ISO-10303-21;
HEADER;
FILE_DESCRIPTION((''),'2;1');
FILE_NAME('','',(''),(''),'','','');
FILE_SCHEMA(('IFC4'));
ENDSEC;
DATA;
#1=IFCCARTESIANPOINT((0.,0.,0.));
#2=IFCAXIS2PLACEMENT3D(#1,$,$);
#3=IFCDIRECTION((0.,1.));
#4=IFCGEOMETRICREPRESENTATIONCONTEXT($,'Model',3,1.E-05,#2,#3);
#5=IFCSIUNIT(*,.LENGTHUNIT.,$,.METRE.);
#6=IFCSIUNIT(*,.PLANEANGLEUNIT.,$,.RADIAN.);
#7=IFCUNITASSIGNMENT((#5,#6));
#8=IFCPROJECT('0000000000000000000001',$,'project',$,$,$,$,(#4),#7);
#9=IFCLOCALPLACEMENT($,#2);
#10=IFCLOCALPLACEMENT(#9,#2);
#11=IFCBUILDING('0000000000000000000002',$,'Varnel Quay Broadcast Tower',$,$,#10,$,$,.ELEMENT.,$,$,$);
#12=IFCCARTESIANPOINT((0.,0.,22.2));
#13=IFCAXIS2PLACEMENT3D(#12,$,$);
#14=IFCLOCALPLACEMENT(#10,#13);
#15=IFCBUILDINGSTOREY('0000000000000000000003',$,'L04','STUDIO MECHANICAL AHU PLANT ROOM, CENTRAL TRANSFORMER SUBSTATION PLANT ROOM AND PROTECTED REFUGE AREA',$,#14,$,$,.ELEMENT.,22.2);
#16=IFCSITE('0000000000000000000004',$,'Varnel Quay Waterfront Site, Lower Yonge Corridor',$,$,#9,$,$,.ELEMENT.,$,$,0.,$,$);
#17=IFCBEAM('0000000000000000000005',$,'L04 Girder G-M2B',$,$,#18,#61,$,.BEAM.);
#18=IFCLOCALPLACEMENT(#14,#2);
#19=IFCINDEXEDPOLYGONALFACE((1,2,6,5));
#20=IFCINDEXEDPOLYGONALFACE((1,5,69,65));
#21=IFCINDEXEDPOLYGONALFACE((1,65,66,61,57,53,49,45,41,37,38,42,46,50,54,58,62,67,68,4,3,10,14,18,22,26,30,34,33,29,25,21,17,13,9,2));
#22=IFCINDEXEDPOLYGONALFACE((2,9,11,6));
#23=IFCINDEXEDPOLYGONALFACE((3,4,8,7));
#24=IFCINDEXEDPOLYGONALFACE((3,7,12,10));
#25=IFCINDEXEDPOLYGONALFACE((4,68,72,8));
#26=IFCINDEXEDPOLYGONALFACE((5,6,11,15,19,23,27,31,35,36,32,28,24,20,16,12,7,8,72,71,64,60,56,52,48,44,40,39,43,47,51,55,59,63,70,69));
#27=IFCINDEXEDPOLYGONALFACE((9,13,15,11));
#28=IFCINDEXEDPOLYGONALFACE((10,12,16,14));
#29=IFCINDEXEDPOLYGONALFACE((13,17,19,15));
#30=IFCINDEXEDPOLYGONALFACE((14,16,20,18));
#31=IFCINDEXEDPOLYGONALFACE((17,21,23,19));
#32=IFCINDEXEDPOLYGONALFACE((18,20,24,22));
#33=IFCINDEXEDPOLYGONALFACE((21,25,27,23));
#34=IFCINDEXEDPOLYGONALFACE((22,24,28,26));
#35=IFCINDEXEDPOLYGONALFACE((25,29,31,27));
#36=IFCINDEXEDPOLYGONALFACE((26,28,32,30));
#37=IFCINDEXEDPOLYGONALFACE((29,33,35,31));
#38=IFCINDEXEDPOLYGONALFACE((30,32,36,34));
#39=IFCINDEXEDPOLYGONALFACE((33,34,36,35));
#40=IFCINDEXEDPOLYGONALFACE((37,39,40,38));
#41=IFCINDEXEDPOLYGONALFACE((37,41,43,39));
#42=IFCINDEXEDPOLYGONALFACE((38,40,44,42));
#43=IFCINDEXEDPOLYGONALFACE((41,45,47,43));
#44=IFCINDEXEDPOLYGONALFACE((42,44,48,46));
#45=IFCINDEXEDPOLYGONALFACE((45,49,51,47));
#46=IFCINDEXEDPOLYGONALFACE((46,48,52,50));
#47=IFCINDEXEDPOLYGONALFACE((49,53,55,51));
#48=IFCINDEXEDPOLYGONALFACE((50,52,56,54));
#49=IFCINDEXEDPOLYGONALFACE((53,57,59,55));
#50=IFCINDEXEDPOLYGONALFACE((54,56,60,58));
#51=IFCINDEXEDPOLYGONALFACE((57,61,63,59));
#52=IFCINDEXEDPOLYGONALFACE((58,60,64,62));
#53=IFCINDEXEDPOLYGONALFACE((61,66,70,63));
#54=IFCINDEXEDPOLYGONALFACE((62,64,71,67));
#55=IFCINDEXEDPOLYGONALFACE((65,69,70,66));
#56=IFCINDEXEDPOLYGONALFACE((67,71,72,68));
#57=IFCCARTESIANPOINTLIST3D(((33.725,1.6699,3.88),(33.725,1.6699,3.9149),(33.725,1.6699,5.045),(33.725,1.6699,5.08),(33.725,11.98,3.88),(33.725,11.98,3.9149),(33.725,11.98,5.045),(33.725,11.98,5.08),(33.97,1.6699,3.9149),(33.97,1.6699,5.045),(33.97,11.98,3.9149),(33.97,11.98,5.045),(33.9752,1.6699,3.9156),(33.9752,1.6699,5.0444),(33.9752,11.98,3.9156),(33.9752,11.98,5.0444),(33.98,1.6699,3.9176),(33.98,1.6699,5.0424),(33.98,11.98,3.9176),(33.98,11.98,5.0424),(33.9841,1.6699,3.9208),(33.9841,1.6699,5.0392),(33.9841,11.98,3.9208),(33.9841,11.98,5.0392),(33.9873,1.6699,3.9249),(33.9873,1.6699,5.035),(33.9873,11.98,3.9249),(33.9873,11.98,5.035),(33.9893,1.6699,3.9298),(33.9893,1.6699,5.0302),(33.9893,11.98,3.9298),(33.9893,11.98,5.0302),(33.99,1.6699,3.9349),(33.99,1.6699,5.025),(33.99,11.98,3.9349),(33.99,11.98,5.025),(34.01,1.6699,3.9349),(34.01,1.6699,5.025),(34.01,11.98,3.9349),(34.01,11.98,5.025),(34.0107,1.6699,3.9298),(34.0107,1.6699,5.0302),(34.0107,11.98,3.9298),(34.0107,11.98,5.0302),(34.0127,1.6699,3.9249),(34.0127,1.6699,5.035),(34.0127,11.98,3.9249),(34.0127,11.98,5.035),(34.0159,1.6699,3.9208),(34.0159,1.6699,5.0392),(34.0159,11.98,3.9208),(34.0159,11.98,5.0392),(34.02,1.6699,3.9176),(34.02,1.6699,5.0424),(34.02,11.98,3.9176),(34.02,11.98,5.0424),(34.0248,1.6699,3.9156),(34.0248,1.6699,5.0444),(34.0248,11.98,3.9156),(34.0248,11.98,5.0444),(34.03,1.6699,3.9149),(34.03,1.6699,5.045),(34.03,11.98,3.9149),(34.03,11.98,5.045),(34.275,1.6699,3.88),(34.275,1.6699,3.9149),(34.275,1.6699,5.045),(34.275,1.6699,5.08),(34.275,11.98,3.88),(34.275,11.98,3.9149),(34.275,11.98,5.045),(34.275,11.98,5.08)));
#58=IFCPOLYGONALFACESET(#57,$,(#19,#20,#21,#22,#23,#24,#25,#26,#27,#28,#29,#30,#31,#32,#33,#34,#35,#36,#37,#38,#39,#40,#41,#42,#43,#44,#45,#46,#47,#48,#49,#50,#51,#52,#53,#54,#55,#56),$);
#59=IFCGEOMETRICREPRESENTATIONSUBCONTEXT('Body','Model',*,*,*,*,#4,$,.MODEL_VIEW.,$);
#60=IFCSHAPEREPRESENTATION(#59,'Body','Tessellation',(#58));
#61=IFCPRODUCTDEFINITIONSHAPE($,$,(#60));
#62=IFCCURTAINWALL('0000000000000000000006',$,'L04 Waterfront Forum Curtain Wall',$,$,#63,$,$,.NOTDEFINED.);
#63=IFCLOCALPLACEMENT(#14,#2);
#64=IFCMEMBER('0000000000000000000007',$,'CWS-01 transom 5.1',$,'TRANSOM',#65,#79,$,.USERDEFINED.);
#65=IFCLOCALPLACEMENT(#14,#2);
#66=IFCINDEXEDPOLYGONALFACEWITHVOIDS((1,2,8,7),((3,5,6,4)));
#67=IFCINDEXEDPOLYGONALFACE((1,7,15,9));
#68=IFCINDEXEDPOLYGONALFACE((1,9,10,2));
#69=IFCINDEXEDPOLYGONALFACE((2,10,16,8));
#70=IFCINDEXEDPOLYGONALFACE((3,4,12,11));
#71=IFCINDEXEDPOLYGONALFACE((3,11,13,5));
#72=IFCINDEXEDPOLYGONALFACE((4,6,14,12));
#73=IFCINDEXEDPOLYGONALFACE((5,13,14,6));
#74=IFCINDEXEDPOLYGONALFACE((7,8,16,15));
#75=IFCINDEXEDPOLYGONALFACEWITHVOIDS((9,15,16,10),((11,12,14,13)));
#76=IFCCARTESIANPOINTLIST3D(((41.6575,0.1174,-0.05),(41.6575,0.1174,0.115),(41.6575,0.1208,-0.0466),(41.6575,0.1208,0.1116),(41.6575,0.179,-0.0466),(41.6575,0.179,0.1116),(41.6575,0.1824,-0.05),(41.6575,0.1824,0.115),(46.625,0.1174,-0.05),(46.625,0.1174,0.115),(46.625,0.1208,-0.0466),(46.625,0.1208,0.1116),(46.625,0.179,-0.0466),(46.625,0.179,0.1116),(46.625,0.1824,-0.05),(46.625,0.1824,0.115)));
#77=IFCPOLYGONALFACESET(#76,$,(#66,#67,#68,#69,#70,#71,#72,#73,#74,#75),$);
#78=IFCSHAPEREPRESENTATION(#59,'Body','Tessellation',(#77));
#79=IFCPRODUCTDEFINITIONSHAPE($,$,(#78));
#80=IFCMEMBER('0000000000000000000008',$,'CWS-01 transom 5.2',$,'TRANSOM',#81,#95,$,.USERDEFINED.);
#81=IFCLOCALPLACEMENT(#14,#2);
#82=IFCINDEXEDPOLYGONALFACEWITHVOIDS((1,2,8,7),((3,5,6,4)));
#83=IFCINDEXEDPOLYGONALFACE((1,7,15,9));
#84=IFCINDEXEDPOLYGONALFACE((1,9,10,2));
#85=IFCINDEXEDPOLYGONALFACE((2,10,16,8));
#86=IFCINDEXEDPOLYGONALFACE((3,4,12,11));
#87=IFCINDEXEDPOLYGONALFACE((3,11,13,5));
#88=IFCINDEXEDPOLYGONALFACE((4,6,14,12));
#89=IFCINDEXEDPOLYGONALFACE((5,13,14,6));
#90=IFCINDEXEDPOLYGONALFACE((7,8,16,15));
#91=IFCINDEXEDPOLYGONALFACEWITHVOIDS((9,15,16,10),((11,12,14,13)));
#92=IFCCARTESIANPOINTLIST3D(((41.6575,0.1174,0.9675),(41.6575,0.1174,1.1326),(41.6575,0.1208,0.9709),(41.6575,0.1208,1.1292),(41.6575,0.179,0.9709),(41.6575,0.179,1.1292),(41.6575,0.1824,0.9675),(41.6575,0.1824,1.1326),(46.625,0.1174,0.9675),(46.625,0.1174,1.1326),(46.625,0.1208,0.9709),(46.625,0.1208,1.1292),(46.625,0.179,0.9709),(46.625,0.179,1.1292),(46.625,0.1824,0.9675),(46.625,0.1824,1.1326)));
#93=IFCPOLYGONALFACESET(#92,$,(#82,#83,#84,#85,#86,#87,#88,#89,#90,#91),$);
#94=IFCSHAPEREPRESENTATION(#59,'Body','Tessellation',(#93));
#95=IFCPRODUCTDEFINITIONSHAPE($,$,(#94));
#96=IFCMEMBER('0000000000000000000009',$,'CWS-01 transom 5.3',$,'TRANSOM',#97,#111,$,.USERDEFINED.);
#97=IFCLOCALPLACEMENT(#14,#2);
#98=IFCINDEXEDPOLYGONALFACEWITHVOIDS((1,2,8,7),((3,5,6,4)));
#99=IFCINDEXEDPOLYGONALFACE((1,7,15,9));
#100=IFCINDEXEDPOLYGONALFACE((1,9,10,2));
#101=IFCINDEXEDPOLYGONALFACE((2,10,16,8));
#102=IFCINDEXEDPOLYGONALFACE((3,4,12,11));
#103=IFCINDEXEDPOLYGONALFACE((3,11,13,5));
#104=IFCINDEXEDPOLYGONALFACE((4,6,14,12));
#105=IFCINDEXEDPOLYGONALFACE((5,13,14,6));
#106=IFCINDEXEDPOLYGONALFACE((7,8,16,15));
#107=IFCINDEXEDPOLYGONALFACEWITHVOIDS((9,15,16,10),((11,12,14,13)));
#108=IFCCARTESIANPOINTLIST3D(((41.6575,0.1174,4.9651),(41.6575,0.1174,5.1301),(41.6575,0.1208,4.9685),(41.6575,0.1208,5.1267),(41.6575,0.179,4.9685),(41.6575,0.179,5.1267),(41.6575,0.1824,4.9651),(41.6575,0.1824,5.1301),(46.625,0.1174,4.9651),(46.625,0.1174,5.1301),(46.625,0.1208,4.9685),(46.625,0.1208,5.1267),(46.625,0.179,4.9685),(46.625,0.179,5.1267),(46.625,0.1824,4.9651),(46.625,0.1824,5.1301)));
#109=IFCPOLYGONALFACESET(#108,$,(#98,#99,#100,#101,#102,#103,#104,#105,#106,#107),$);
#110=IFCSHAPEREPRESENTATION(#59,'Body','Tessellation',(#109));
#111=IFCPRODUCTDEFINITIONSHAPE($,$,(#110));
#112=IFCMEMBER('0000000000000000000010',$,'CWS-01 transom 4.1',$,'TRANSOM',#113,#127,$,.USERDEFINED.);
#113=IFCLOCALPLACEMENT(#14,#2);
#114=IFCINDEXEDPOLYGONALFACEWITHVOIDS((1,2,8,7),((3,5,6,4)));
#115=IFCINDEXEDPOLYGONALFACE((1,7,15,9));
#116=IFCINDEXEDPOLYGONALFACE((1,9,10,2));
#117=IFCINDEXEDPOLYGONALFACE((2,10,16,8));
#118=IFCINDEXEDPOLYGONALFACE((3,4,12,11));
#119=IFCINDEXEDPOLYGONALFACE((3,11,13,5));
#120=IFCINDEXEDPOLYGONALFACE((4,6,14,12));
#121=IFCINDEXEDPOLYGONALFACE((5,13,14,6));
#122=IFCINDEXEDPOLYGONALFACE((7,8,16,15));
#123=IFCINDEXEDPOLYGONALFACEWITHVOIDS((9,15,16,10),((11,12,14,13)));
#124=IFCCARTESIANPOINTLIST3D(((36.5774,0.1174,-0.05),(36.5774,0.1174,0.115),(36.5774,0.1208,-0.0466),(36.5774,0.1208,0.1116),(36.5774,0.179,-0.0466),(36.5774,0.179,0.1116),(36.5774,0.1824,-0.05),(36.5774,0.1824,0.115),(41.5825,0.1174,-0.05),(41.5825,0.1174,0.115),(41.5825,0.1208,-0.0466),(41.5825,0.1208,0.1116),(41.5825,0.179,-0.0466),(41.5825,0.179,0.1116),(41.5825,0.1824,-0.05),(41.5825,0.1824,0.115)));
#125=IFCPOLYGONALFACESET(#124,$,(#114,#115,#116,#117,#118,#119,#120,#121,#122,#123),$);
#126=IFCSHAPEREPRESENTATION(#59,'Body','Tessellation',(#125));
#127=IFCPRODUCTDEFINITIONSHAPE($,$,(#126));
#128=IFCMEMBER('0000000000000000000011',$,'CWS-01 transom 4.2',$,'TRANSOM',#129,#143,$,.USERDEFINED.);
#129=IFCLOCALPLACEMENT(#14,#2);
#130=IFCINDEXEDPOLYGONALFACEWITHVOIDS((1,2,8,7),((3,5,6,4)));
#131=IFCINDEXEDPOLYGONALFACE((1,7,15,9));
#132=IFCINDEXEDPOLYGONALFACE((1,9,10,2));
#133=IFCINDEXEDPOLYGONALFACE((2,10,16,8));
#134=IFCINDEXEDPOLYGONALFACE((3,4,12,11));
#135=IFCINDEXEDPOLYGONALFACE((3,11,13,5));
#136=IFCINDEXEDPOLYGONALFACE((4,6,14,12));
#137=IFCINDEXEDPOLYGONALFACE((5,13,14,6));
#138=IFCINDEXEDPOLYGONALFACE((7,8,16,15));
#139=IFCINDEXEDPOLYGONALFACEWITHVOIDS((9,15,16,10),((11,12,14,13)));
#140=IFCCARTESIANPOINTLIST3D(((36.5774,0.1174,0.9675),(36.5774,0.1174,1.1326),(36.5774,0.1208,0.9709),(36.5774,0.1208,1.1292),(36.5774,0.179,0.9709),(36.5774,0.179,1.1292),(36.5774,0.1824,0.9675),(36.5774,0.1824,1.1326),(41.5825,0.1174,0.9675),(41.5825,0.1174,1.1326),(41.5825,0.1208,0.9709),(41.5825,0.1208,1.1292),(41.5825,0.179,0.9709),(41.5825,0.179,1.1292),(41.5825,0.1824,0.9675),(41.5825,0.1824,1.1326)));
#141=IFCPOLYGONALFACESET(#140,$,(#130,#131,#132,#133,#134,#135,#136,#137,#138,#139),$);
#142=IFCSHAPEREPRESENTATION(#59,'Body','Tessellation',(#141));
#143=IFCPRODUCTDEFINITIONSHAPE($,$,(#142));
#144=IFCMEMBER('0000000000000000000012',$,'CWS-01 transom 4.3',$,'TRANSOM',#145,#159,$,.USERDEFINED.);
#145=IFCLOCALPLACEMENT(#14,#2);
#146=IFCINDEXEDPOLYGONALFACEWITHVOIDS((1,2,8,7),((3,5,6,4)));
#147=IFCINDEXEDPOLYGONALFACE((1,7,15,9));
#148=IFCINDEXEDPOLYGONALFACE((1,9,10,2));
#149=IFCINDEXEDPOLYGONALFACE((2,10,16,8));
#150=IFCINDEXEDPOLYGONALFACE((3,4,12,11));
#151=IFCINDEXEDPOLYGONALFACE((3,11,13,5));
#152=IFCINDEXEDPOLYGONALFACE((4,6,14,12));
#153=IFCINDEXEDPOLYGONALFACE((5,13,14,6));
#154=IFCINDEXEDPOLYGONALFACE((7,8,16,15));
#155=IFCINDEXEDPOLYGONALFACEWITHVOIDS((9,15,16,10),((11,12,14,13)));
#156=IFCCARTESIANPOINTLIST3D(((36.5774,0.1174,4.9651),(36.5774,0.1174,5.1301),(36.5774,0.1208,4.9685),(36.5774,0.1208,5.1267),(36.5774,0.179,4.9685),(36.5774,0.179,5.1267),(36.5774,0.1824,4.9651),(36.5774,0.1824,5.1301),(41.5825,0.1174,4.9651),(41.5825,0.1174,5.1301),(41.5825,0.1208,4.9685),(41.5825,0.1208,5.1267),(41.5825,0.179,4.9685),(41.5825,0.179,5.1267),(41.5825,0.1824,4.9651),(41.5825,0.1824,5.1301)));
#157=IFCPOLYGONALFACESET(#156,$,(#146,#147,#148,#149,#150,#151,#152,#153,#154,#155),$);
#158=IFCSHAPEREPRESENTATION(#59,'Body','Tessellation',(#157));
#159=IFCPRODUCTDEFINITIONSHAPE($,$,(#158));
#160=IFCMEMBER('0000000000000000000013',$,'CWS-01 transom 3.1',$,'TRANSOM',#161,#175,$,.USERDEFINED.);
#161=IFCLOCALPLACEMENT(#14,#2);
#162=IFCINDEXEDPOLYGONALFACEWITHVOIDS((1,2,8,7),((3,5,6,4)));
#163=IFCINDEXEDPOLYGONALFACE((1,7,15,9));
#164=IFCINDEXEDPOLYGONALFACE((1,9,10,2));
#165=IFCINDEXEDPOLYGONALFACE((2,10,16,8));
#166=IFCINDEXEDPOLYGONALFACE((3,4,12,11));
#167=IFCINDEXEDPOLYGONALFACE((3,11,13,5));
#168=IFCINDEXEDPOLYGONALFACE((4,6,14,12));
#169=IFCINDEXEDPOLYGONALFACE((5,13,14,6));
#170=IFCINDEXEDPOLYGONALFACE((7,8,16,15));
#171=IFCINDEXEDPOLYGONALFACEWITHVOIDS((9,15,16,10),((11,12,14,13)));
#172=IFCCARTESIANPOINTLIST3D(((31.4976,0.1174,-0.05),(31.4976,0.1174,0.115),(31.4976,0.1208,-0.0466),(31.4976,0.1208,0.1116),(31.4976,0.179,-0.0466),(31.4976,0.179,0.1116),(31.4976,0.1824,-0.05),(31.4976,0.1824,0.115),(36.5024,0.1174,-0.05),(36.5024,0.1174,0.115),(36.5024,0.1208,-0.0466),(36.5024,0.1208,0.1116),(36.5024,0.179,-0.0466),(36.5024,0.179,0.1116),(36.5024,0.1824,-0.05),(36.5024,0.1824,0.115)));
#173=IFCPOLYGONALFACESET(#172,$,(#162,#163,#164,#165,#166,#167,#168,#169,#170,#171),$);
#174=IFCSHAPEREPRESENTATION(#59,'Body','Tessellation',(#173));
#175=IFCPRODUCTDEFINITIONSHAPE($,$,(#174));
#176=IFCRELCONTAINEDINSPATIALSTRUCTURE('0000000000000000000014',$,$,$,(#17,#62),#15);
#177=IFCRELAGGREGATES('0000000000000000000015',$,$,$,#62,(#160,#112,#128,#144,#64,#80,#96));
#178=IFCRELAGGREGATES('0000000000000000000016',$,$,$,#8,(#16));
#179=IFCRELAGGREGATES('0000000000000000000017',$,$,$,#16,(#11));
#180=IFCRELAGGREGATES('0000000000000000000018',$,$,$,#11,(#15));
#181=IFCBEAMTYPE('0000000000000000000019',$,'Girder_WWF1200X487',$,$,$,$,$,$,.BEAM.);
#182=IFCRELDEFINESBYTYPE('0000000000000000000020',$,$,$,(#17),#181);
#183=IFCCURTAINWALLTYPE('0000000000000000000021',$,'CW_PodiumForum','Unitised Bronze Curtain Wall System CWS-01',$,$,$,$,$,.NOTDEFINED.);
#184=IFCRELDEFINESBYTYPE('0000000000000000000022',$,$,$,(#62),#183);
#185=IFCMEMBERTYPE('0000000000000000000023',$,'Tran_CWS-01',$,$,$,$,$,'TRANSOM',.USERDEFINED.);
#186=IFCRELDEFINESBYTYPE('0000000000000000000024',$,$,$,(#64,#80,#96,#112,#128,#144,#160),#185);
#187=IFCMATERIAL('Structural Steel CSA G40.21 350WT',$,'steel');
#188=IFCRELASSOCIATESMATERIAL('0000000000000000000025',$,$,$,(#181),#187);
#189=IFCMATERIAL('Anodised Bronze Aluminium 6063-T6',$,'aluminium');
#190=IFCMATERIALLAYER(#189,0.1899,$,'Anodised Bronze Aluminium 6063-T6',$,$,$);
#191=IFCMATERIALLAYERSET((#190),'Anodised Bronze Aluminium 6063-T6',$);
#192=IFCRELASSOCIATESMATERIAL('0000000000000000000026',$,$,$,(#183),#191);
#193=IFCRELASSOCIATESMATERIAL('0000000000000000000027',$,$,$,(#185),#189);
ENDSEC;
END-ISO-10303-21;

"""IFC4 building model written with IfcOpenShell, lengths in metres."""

from ifc_helpers import new_model, si_unit, direction, frame, origin, origin_2d, place, context, subcontext, project, spatial, hollow_rectangle, i_section, extrude, source, transform, mapped, material, layer, layer_set, material_profile, profile_set, type_object, type_shapes, element, aggregate, save


model = new_model("IFC4")

# Units and contexts
model_context = context("Model", 3, precision=1e-05, world=origin(), true_north=direction((0.0, 1.0)))
body_context = subcontext(model_context, "Body", "Model", "MODEL_VIEW")
ifc_project = project(units=[si_unit("LENGTHUNIT", "METRE"), si_unit("PLANEANGLEUNIT", "RADIAN")], contexts=[model_context])

# Site, building, storey
site_placement = place(None, origin())
site = spatial("IfcSite", under=ifc_project, at=site_placement, Name="Varnel Quay Waterfront Site, Lower Yonge Corridor", CompositionType="ELEMENT", RefElevation=0.0)
building_placement = place(site_placement, origin())
building = spatial("IfcBuilding", under=site, at=building_placement, Name="Varnel Quay Broadcast Tower", CompositionType="ELEMENT")
storey_placement = place(building_placement, frame((0.0, 0.0, 22.2)))
storey = spatial("IfcBuildingStorey", under=building, at=storey_placement, Name="L04", Description="STUDIO MECHANICAL AHU PLANT ROOM, CENTRAL TRANSFORMER SUBSTATION PLANT ROOM AND PROTECTED REFUGE AREA", CompositionType="ELEMENT", Elevation=22.2)

# Beam
ifc_material_1 = material(Name="Structural Steel CSA G40.21 350WT", Category="steel")
ifc_material_profile_1 = material_profile(ifc_material_1, i_section(OverallWidth=0.55, OverallDepth=1.2, WebThickness=0.02, FlangeThickness=0.0349, FilletRadius=0.02, at=origin_2d()), Name="WWF1200X487")
ifc_profile_set_1 = profile_set([ifc_material_profile_1], Name="Structural Steel CSA G40.21 350WT")
beam_type_1 = type_object("IfcBeamType", Name="Girder_WWF1200X487", PredefinedType="BEAM", material=ifc_profile_set_1)
shared_shape_1 = source(origin(), body_context, "Body", "SweptSolid", [
    extrude(i_section(OverallWidth=0.55, OverallDepth=1.2, WebThickness=0.02, FlangeThickness=0.0349, FilletRadius=0.02, at=origin_2d()), origin(), (0.0, 0.0, 1.0), 10.3101),
])
beam_1_placement = place(storey_placement, frame((34.0, 1.6699, 4.48), z_axis=(0.0, 1.0, 0.0), x_axis=(-1.0, 0.0, 0.0)))
element("IfcBeam", 1, at=beam_1_placement, inside=storey, type_object=beam_type_1, Name="L04 Girder G-M2B", PredefinedType="BEAM", context=body_context, shape_type="MappedRepresentation", body=[
    mapped(shared_shape_1, transform((0.0, 0.0, 0.0), x_axis=(1.0, 0.0, 0.0), y_axis=(0.0, 1.0, 0.0), z_axis=(0.0, 0.0, 1.0), scale=1.0)),
])

# Curtain wall, members
ifc_material_2 = material(Name="Anodised Bronze Aluminium 6063-T6", Category="aluminium")
ifc_layer_1 = layer(ifc_material_2, 0.1899, Name="Anodised Bronze Aluminium 6063-T6")
ifc_layer_set_1 = layer_set([ifc_layer_1], Name="Anodised Bronze Aluminium 6063-T6")
curtain_wall_type = type_object("IfcCurtainWallType", Name="CW_PodiumForum", Description="Unitised Bronze Curtain Wall System CWS-01", PredefinedType="NOTDEFINED", material=ifc_layer_set_1)
curtain_wall_placement = place(storey_placement, origin())
curtain_wall = element("IfcCurtainWall", 2, at=curtain_wall_placement, inside=storey, type_object=curtain_wall_type, Name="L04 Waterfront Forum Curtain Wall", PredefinedType="NOTDEFINED")
ifc_material_profile_2 = material_profile(ifc_material_2, hollow_rectangle(XDim=0.0649, YDim=0.165, WallThickness=0.0034, at=origin_2d()), Name="ALU65X165X3.5")
ifc_profile_set_2 = profile_set([ifc_material_profile_2], Name="Anodised Bronze Aluminium 6063-T6")
member_type_1 = type_object("IfcMemberType", Name="Tran_CWS-01", ElementType="TRANSOM", PredefinedType="USERDEFINED", material=ifc_profile_set_2)
shared_shape_2 = source(origin(), body_context, "Body", "SweptSolid", [
    extrude(hollow_rectangle(XDim=0.0649, YDim=0.165, WallThickness=0.0034, at=origin_2d()), origin(), (0.0, 0.0, 1.0), 4.9675),
])
member_1_placement = place(storey_placement, frame((41.6575, 0.1499, 0.0325), z_axis=(1.0, 0.0, 0.0), x_axis=(0.0, 1.0, 0.0)))
member_1 = element("IfcMember", 3, at=member_1_placement, type_object=member_type_1, Name="CWS-01 transom 5.1", ObjectType="TRANSOM", PredefinedType="USERDEFINED", context=body_context, shape_type="MappedRepresentation", body=[
    mapped(shared_shape_2, transform((0.0, 0.0, 0.0), x_axis=(1.0, 0.0, 0.0), y_axis=(0.0, 1.0, 0.0), z_axis=(0.0, 0.0, 1.0), scale=1.0)),
])
member_2_placement = place(storey_placement, frame((41.6575, 0.1499, 1.05), z_axis=(1.0, 0.0, 0.0), x_axis=(0.0, 1.0, 0.0)))
member_2 = element("IfcMember", 4, at=member_2_placement, type_object=member_type_1, Name="CWS-01 transom 5.2", ObjectType="TRANSOM", PredefinedType="USERDEFINED", context=body_context, shape_type="MappedRepresentation", body=[
    mapped(shared_shape_2, transform((0.0, 0.0, 0.0), x_axis=(1.0, 0.0, 0.0), y_axis=(0.0, 1.0, 0.0), z_axis=(0.0, 0.0, 1.0), scale=1.0)),
])
member_3_placement = place(storey_placement, frame((41.6575, 0.1499, 5.0476), z_axis=(1.0, 0.0, 0.0), x_axis=(0.0, 1.0, 0.0)))
member_3 = element("IfcMember", 5, at=member_3_placement, type_object=member_type_1, Name="CWS-01 transom 5.3", ObjectType="TRANSOM", PredefinedType="USERDEFINED", context=body_context, shape_type="MappedRepresentation", body=[
    mapped(shared_shape_2, transform((0.0, 0.0, 0.0), x_axis=(1.0, 0.0, 0.0), y_axis=(0.0, 1.0, 0.0), z_axis=(0.0, 0.0, 1.0), scale=1.0)),
])
shared_shape_3 = source(origin(), body_context, "Body", "SweptSolid", [
    extrude(hollow_rectangle(XDim=0.0649, YDim=0.165, WallThickness=0.0034, at=origin_2d()), origin(), (0.0, 0.0, 1.0), 5.0051),
])
member_4_placement = place(storey_placement, frame((36.5774, 0.1499, 0.0325), z_axis=(1.0, 0.0, 0.0), x_axis=(0.0, 1.0, 0.0)))
member_4 = element("IfcMember", 6, at=member_4_placement, type_object=member_type_1, Name="CWS-01 transom 4.1", ObjectType="TRANSOM", PredefinedType="USERDEFINED", context=body_context, shape_type="MappedRepresentation", body=[
    mapped(shared_shape_3, transform((0.0, 0.0, 0.0), x_axis=(1.0, 0.0, 0.0), y_axis=(0.0, 1.0, 0.0), z_axis=(0.0, 0.0, 1.0), scale=1.0)),
])
member_5_placement = place(storey_placement, frame((36.5774, 0.1499, 1.05), z_axis=(1.0, 0.0, 0.0), x_axis=(0.0, 1.0, 0.0)))
member_5 = element("IfcMember", 7, at=member_5_placement, type_object=member_type_1, Name="CWS-01 transom 4.2", ObjectType="TRANSOM", PredefinedType="USERDEFINED", context=body_context, shape_type="MappedRepresentation", body=[
    mapped(shared_shape_3, transform((0.0, 0.0, 0.0), x_axis=(1.0, 0.0, 0.0), y_axis=(0.0, 1.0, 0.0), z_axis=(0.0, 0.0, 1.0), scale=1.0)),
])
member_6_placement = place(storey_placement, frame((36.5774, 0.1499, 5.0476), z_axis=(1.0, 0.0, 0.0), x_axis=(0.0, 1.0, 0.0)))
member_6 = element("IfcMember", 8, at=member_6_placement, type_object=member_type_1, Name="CWS-01 transom 4.3", ObjectType="TRANSOM", PredefinedType="USERDEFINED", context=body_context, shape_type="MappedRepresentation", body=[
    mapped(shared_shape_3, transform((0.0, 0.0, 0.0), x_axis=(1.0, 0.0, 0.0), y_axis=(0.0, 1.0, 0.0), z_axis=(0.0, 0.0, 1.0), scale=1.0)),
])
shared_shape_4 = source(origin(), body_context, "Body", "SweptSolid", [
    extrude(hollow_rectangle(XDim=0.0649, YDim=0.165, WallThickness=0.0034, at=origin_2d()), origin(), (0.0, 0.0, 1.0), 5.0049),
])
type_shapes(member_type_1, [shared_shape_2, shared_shape_3, shared_shape_4])
member_7_placement = place(storey_placement, frame((31.4976, 0.1499, 0.0325), z_axis=(1.0, 0.0, 0.0), x_axis=(0.0, 1.0, 0.0)))
member_7 = element("IfcMember", 9, at=member_7_placement, type_object=member_type_1, Name="CWS-01 transom 3.1", ObjectType="TRANSOM", PredefinedType="USERDEFINED", context=body_context, shape_type="MappedRepresentation", body=[
    mapped(shared_shape_4, transform((0.0, 0.0, 0.0), x_axis=(1.0, 0.0, 0.0), y_axis=(0.0, 1.0, 0.0), z_axis=(0.0, 0.0, 1.0), scale=1.0)),
])
aggregate(curtain_wall, [member_7, member_4, member_5, member_6, member_1, member_2, member_3])

save(model, "model.ifc")
